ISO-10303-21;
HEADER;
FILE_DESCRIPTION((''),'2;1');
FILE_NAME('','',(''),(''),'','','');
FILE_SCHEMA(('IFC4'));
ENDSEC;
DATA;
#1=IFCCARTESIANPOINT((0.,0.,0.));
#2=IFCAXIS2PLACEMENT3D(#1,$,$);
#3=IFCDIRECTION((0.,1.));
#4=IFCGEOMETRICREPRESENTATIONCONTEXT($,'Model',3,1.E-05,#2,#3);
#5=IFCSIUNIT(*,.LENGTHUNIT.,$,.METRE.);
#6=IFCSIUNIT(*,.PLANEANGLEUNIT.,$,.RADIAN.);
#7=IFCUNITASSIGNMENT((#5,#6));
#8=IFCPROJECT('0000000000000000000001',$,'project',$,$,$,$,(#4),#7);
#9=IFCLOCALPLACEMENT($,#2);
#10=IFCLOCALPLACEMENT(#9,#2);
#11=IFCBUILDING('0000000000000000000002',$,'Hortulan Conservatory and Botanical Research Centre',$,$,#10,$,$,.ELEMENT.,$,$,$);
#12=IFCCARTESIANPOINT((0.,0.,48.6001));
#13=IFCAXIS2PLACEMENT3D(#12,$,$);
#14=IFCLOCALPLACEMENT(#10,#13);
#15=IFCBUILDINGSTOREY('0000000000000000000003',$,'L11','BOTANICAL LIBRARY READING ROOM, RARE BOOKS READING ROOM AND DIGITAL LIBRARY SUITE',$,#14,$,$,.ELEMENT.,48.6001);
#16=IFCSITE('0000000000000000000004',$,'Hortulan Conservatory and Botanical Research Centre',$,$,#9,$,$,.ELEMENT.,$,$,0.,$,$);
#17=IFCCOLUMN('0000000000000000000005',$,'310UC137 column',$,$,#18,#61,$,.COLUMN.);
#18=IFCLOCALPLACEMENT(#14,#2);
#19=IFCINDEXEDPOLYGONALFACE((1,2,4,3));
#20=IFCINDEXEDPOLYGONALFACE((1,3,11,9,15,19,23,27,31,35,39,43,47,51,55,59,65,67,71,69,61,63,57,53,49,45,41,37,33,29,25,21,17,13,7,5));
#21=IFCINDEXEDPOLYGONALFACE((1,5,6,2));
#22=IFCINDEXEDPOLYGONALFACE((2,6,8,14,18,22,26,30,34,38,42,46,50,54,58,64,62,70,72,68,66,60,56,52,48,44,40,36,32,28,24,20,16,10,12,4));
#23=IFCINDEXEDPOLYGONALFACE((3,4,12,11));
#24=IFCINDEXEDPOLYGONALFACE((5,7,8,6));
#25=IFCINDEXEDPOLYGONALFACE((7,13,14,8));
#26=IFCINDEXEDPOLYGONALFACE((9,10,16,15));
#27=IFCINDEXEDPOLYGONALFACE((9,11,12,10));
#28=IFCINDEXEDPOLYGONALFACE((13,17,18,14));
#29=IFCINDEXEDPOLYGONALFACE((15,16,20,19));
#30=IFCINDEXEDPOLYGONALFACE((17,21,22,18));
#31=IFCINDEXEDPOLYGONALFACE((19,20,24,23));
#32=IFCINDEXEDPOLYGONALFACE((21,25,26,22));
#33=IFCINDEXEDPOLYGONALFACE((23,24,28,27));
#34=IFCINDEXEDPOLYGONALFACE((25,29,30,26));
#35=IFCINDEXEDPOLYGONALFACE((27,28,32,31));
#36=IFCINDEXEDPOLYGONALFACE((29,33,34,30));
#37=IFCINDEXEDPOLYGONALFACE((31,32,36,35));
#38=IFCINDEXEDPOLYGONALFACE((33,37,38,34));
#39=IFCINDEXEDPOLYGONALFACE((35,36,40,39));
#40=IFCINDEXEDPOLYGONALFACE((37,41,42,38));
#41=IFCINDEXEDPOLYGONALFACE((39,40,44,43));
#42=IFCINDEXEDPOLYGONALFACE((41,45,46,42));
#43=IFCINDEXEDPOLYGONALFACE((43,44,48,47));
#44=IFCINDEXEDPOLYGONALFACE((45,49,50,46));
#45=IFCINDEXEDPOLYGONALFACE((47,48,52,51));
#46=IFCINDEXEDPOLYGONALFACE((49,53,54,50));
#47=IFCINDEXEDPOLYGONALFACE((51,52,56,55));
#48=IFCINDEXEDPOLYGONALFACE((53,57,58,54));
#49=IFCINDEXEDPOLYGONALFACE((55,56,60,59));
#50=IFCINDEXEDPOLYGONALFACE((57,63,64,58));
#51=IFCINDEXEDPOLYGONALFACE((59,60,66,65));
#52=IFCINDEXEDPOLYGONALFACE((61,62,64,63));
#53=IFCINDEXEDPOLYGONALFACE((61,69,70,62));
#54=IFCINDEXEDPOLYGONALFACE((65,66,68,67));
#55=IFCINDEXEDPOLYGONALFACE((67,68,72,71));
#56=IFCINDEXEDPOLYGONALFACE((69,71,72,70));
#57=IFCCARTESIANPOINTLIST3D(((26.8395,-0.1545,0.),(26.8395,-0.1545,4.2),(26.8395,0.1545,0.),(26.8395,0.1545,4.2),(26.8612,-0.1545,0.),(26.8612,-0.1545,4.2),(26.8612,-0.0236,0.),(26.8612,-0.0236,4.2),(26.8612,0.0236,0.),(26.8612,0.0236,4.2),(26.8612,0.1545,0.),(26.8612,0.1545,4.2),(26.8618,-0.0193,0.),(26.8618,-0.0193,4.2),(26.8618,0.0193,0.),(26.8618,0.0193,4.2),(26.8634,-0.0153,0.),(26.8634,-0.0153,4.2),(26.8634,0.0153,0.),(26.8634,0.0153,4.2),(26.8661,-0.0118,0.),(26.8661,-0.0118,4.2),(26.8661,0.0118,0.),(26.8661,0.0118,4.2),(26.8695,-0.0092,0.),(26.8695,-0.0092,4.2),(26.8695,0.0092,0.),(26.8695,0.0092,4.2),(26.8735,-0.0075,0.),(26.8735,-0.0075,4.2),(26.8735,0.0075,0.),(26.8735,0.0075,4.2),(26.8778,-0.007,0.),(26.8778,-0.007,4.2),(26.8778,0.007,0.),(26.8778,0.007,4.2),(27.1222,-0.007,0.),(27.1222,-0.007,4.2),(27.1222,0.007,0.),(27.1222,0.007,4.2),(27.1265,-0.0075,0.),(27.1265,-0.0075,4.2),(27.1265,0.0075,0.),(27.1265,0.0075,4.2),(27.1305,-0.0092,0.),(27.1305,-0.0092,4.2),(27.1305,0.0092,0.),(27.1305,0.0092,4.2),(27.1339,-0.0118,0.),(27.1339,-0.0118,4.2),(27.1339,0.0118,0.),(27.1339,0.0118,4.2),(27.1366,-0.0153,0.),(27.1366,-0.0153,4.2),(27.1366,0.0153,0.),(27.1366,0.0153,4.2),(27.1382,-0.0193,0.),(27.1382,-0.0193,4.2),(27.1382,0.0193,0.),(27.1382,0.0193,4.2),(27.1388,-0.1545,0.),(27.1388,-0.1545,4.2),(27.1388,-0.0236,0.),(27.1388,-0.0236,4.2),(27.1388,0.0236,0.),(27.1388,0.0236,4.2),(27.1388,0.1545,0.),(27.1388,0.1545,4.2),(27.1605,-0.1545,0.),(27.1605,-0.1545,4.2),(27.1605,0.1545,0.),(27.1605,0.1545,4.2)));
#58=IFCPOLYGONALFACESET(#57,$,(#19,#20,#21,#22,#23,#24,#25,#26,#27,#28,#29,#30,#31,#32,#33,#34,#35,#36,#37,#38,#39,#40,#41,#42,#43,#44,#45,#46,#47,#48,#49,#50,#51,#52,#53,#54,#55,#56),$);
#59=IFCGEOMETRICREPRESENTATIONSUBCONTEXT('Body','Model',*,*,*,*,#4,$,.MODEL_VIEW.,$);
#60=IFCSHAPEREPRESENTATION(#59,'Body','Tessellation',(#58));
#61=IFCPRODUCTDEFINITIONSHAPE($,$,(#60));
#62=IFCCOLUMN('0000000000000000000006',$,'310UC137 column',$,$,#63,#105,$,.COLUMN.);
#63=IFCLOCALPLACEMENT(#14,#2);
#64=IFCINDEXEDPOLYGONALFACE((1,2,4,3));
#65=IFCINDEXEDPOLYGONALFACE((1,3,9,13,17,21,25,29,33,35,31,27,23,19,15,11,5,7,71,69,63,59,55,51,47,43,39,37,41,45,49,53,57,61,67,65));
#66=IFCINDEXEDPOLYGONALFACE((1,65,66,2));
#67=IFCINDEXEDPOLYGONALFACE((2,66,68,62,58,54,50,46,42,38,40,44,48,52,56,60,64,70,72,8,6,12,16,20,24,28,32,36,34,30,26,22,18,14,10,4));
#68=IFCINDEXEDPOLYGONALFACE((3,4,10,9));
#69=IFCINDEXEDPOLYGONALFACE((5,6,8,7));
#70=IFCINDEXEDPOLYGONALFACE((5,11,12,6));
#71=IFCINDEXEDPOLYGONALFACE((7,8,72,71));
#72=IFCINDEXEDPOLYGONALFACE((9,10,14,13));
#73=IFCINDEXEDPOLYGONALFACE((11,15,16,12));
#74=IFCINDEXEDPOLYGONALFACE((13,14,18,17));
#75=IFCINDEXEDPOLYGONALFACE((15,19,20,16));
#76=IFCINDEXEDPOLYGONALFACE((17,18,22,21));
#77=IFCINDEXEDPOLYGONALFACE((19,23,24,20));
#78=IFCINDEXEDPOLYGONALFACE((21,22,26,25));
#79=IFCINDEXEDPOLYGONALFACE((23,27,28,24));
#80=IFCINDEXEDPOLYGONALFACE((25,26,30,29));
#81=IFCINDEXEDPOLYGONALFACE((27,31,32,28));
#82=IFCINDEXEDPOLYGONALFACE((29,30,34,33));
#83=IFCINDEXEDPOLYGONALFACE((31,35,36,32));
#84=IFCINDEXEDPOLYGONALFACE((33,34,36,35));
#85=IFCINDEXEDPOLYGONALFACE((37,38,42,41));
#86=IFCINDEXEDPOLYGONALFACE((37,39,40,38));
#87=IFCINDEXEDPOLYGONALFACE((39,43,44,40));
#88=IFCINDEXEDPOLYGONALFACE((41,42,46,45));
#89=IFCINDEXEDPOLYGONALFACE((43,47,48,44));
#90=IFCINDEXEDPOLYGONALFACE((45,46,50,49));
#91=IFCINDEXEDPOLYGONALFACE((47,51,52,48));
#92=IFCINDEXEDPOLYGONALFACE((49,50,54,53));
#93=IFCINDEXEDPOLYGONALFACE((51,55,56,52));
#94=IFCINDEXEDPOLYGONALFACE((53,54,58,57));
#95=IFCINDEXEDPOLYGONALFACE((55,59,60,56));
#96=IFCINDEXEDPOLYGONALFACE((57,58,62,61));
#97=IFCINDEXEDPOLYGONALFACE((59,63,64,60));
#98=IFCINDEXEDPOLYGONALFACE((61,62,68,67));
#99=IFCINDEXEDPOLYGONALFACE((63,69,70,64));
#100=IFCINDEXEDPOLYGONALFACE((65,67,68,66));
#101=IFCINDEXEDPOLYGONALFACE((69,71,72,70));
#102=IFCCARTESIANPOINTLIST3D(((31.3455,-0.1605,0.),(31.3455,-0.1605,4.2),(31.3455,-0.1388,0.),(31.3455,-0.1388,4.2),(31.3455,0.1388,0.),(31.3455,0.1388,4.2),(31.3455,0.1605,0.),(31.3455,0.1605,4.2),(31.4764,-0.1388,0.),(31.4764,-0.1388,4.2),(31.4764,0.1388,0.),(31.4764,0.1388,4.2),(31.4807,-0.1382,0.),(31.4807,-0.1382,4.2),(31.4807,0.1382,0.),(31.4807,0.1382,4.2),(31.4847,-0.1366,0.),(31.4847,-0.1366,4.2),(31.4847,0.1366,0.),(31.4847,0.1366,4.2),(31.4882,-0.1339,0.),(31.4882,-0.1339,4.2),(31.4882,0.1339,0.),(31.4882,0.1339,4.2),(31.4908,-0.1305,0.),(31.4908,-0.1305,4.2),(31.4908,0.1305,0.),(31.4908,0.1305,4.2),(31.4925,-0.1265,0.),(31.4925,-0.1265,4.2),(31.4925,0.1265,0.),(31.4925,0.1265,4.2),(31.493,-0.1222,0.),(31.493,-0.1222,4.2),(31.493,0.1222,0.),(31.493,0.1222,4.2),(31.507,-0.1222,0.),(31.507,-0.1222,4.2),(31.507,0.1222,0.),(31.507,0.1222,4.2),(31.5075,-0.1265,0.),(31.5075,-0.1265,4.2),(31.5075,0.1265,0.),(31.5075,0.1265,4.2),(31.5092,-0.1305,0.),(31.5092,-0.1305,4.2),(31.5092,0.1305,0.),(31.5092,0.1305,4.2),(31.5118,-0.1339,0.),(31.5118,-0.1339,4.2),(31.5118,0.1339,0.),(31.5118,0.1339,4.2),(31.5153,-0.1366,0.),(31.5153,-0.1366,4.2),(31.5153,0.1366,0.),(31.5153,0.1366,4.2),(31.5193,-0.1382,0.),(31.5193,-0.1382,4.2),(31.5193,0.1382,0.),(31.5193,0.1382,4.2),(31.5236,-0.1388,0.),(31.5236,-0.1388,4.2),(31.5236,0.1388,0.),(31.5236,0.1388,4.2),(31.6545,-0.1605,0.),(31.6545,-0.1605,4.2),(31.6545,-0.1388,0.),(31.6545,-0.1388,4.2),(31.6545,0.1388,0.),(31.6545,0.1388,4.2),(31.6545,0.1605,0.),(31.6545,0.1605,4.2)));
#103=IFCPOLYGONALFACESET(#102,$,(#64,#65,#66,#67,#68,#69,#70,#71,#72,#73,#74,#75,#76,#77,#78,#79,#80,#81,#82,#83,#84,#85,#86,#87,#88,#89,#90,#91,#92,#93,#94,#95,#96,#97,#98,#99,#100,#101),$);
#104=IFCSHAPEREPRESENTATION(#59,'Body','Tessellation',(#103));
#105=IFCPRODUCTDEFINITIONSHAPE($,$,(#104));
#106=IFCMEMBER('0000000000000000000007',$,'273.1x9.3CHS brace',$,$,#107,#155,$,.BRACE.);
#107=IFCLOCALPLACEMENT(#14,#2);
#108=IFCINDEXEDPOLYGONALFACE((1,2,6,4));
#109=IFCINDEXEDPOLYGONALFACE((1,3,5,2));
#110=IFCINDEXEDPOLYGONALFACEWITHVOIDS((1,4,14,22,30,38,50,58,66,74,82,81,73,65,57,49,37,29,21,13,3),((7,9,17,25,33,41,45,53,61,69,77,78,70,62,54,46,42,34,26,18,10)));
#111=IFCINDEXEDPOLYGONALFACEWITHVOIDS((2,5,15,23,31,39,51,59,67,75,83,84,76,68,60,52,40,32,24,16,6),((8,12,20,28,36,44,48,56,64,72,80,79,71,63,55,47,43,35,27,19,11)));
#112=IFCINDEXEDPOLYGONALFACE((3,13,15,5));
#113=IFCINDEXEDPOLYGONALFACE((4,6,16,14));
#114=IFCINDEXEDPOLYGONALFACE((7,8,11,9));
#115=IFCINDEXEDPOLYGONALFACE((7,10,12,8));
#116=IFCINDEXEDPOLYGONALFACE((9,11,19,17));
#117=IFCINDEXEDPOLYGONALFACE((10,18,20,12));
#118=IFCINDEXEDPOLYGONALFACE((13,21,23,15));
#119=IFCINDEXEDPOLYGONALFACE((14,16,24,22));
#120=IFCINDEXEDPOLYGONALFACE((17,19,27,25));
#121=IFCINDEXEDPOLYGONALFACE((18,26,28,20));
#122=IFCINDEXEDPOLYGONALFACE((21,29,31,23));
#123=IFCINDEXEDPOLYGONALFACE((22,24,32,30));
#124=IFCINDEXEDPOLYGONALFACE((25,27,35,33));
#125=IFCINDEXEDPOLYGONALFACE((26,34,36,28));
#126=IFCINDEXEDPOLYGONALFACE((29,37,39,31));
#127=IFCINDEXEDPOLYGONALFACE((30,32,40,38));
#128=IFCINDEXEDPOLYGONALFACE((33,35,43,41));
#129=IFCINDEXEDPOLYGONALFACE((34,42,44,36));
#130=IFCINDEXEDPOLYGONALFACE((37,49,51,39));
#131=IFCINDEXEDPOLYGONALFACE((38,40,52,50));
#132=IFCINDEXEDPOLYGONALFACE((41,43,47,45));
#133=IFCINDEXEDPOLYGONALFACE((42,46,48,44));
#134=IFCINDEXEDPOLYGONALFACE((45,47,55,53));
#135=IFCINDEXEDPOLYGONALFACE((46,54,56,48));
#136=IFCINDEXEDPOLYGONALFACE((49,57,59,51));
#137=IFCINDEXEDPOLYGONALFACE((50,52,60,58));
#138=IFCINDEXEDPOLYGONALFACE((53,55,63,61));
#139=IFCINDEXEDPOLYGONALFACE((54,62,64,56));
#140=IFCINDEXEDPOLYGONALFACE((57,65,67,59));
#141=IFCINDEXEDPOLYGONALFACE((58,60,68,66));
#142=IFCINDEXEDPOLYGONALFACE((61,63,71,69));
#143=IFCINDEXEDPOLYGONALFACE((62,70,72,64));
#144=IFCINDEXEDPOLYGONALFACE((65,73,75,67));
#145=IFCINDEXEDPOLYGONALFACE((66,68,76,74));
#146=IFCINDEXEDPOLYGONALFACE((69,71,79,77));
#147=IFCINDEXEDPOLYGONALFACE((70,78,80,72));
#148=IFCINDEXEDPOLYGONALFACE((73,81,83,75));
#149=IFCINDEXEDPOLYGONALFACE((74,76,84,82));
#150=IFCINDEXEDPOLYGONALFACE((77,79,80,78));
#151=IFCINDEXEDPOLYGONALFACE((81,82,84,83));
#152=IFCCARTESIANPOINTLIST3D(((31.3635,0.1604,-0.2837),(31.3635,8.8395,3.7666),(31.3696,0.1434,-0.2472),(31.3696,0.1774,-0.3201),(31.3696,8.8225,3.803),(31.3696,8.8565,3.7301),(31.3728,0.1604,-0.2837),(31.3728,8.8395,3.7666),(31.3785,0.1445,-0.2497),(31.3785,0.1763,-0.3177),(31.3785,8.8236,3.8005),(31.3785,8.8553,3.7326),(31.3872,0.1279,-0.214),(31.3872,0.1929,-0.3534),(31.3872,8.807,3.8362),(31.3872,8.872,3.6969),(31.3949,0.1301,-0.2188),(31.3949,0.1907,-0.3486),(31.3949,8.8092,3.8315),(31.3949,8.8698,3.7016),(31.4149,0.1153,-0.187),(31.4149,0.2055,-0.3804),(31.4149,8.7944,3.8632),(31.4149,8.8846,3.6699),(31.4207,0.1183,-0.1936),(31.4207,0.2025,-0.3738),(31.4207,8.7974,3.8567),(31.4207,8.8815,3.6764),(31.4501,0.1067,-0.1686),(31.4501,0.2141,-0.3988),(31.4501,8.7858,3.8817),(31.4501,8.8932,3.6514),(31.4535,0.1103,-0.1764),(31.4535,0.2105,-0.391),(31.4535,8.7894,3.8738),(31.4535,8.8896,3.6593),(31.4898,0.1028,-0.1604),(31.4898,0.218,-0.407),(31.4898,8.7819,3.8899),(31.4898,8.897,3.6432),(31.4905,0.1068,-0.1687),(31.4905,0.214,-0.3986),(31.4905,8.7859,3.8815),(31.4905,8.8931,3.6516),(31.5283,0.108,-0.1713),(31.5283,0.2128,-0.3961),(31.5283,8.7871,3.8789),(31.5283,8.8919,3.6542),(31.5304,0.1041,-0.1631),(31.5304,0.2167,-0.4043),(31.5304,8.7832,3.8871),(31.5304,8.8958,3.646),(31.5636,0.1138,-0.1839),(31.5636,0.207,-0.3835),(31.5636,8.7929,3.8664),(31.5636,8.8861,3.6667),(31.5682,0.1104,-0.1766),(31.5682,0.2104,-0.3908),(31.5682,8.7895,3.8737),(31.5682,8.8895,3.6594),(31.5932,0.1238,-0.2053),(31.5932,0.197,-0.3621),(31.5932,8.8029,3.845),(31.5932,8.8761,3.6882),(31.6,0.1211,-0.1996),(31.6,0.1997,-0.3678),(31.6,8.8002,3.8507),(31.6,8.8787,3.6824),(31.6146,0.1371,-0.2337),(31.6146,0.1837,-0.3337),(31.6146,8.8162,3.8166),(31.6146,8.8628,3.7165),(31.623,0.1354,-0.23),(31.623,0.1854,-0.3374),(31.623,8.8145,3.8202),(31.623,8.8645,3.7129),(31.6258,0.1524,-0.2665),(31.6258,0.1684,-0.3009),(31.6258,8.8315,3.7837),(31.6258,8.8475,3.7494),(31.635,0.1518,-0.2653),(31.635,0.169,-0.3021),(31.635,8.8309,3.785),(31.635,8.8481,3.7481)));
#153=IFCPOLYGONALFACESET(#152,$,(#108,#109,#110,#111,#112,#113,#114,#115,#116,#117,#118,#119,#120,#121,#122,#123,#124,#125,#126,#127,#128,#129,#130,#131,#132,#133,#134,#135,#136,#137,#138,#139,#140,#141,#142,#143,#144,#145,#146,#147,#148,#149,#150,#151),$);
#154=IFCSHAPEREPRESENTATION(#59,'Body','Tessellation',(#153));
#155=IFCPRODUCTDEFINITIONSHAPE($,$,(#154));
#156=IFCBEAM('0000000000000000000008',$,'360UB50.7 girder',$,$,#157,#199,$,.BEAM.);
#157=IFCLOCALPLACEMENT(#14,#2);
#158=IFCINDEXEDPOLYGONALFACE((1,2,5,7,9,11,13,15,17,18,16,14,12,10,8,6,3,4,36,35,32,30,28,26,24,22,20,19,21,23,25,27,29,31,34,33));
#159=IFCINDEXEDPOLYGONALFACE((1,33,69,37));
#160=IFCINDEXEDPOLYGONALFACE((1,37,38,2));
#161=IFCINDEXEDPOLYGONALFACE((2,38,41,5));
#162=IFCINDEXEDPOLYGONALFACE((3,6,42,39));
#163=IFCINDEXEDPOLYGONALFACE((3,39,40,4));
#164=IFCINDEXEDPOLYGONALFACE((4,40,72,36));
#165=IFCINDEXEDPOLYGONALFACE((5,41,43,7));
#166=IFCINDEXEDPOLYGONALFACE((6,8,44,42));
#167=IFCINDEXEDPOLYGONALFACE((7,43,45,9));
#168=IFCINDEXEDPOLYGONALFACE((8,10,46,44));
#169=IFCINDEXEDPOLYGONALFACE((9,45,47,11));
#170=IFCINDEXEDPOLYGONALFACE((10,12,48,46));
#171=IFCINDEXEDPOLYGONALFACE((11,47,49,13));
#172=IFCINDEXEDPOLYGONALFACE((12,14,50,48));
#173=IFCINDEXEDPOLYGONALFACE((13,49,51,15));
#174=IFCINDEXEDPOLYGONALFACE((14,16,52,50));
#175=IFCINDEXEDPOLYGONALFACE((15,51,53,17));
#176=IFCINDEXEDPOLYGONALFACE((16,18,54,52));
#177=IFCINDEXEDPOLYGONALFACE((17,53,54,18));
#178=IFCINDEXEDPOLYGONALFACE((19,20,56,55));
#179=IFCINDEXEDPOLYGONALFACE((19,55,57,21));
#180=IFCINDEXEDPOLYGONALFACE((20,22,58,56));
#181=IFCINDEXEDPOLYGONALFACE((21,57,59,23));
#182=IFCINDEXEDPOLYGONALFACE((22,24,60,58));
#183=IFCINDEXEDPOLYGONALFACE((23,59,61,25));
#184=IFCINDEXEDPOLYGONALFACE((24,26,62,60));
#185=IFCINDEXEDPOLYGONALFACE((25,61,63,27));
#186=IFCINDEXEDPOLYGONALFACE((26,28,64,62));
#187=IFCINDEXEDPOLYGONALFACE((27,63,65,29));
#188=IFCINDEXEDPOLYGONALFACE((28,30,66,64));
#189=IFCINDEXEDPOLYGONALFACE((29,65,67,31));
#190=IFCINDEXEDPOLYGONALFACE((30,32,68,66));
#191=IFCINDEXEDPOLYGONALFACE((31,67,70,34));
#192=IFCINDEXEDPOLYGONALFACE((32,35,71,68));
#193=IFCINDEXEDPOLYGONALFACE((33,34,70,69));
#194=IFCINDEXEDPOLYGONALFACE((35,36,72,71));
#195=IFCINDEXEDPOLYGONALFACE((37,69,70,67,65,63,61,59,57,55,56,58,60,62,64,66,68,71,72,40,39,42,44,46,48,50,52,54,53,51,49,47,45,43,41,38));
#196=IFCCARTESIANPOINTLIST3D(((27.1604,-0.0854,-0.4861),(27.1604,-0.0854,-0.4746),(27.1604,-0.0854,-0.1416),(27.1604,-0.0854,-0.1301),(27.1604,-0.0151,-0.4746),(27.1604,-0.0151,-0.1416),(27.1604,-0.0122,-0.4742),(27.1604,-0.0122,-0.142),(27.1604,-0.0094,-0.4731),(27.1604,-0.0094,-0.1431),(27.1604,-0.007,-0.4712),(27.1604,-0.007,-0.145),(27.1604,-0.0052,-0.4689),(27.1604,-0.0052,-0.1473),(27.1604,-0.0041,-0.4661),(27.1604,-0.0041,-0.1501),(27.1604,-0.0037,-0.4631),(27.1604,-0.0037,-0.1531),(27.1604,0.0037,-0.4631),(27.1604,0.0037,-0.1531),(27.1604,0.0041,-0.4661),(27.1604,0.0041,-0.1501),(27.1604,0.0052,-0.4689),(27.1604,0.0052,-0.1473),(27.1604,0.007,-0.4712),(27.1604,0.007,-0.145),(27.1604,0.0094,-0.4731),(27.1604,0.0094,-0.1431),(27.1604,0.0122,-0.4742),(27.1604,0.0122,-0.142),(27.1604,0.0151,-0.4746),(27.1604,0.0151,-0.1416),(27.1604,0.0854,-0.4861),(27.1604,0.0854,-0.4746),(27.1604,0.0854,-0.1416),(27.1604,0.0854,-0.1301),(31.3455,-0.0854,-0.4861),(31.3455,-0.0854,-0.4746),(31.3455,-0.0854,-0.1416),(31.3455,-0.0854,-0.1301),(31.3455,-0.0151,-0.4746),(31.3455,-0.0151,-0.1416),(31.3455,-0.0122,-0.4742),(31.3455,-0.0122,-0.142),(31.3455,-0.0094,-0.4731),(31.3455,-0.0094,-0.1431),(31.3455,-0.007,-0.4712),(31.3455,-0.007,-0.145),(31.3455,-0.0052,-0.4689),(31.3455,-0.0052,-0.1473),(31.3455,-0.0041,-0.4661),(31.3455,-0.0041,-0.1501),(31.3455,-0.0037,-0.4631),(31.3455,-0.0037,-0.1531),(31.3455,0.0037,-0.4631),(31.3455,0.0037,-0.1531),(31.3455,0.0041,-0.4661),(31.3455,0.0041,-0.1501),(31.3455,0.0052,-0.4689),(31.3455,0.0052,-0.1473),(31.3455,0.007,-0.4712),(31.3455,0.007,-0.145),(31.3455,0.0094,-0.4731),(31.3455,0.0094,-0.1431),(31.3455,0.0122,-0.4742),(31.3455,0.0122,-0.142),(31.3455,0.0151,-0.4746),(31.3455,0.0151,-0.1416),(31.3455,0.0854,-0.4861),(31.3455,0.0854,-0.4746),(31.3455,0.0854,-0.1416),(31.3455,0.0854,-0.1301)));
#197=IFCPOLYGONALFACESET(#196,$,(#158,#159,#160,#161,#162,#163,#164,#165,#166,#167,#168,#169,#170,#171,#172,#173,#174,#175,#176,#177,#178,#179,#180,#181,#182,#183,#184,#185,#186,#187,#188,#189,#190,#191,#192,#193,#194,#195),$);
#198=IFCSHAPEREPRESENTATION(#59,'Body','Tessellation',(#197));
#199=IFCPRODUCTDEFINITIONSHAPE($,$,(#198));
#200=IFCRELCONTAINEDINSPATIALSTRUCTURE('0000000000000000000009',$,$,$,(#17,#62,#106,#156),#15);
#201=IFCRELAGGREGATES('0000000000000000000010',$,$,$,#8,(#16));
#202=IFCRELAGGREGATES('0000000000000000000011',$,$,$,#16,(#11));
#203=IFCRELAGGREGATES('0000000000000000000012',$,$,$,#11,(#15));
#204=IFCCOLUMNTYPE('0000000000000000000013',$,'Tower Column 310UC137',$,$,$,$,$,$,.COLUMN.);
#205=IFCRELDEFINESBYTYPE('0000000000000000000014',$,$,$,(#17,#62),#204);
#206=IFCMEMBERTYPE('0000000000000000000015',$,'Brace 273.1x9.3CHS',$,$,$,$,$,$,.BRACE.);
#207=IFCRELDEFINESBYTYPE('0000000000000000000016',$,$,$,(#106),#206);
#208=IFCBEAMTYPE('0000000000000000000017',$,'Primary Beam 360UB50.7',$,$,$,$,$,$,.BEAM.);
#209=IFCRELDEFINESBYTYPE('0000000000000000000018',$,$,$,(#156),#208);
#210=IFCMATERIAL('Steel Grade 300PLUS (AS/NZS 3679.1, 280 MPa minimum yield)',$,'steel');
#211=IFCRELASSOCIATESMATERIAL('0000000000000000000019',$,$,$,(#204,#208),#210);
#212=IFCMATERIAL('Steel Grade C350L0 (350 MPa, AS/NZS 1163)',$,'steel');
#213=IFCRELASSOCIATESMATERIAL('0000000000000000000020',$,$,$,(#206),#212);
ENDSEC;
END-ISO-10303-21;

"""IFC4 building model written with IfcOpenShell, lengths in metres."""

from ifc_helpers import new_model, si_unit, direction, frame, origin, origin_2d, place, context, subcontext, project, spatial, hollow_circle, i_section, extrude, material, material_profile, profile_set, type_object, element, save


model = new_model("IFC4")

# Units and contexts
model_context = context("Model", 3, precision=1e-05, world=origin(), true_north=direction((0.0, 1.0)))
body_context = subcontext(model_context, "Body", "Model", "MODEL_VIEW")
ifc_project = project(units=[si_unit("LENGTHUNIT", "METRE"), si_unit("PLANEANGLEUNIT", "RADIAN")], contexts=[model_context])

# Site, building, storey
site_placement = place(None, origin())
site = spatial("IfcSite", under=ifc_project, at=site_placement, Name="Hortulan Conservatory and Botanical Research Centre", CompositionType="ELEMENT", RefElevation=0.0)
building_placement = place(site_placement, origin())
building = spatial("IfcBuilding", under=site, at=building_placement, Name="Hortulan Conservatory and Botanical Research Centre", CompositionType="ELEMENT")
storey_placement = place(building_placement, frame((0.0, 0.0, 48.6001)))
storey = spatial("IfcBuildingStorey", under=building, at=storey_placement, Name="L11", Description="BOTANICAL LIBRARY READING ROOM, RARE BOOKS READING ROOM AND DIGITAL LIBRARY SUITE", CompositionType="ELEMENT", Elevation=48.6001)

# Columns
ifc_material_1 = material(Name="Steel Grade 300PLUS (AS/NZS 3679.1, 280 MPa minimum yield)", Category="steel")
ifc_material_profile_1 = material_profile(ifc_material_1, i_section(OverallWidth=0.3091, OverallDepth=0.321, WebThickness=0.0139, FlangeThickness=0.0217, FilletRadius=0.0166, at=origin_2d()), Name="310UC137")
ifc_profile_set_1 = profile_set([ifc_material_profile_1], Name="Steel Grade 300PLUS (AS/NZS 3679.1, 280 MPa minimum yield)")
column_type = type_object("IfcColumnType", Name="Tower Column 310UC137", PredefinedType="COLUMN", material=ifc_profile_set_1)
for number, where, z_axis, x_axis, name in (
    (1, (27.0, 0.0, 0.0), (0.0, 0.0, 1.0), (0.0, 1.0, 0.0), "310UC137 column"),
    (2, (31.5, 0.0, 0.0), (0.0, 0.0, 1.0), (1.0, 0.0, 0.0), "310UC137 column"),
):
    element("IfcColumn", number, at=place(storey_placement, frame(where, z_axis=z_axis, x_axis=x_axis)), inside=storey, type_object=column_type, Name=name, PredefinedType="COLUMN", context=body_context, shape_type="SweptSolid", body=[
        extrude(i_section(OverallWidth=0.3091, OverallDepth=0.321, WebThickness=0.0139, FlangeThickness=0.0217, FilletRadius=0.0166, at=origin_2d()), origin(), (0.0, 0.0, 1.0), 4.2),
    ])

# Member
ifc_material_2 = material(Name="Steel Grade C350L0 (350 MPa, AS/NZS 1163)", Category="steel")
ifc_material_profile_2 = material_profile(ifc_material_2, hollow_circle(Radius=0.1365, WallThickness=0.0093, at=origin_2d()), Name="273.1x9.3CHS")
ifc_profile_set_2 = profile_set([ifc_material_profile_2], Name="Steel Grade C350L0 (350 MPa, AS/NZS 1163)")
member_type = type_object("IfcMemberType", Name="Brace 273.1x9.3CHS", PredefinedType="BRACE", material=ifc_profile_set_2)
member_placement = place(storey_placement, frame((31.5, 0.1604, -0.2837), z_axis=(0.0, 0.906183, 0.422885), x_axis=(-1.0, 0.0, 0.0)))
element("IfcMember", 3, at=member_placement, inside=storey, type_object=member_type, Name="273.1x9.3CHS brace", PredefinedType="BRACE", context=body_context, shape_type="SweptSolid", body=[
    extrude(hollow_circle(Radius=0.1365, WallThickness=0.0093, at=origin_2d()), origin(), (0.0, 0.0, 1.0), 9.5776),
])

# Beam
ifc_material_profile_3 = material_profile(ifc_material_1, i_section(OverallWidth=0.1709, OverallDepth=0.356, WebThickness=0.0073, FlangeThickness=0.0115, FilletRadius=0.0115, at=origin_2d()), Name="360UB50.7")
ifc_profile_set_3 = profile_set([ifc_material_profile_3], Name="Steel Grade 300PLUS (AS/NZS 3679.1, 280 MPa minimum yield)")
beam_type_1 = type_object("IfcBeamType", Name="Primary Beam 360UB50.7", PredefinedType="BEAM", material=ifc_profile_set_3)
beam_1_placement = place(storey_placement, frame((27.1604, 0.0, -0.3081), z_axis=(1.0, 0.0, 0.0), x_axis=(0.0, 1.0, 0.0)))
element("IfcBeam", 4, at=beam_1_placement, inside=storey, type_object=beam_type_1, Name="360UB50.7 girder", PredefinedType="BEAM", context=body_context, shape_type="SweptSolid", body=[
    extrude(i_section(OverallWidth=0.1709, OverallDepth=0.356, WebThickness=0.0073, FlangeThickness=0.0115, FilletRadius=0.0115, at=origin_2d()), origin(), (0.0, 0.0, 1.0), 4.1851),
])

save(model, "model.ifc")
